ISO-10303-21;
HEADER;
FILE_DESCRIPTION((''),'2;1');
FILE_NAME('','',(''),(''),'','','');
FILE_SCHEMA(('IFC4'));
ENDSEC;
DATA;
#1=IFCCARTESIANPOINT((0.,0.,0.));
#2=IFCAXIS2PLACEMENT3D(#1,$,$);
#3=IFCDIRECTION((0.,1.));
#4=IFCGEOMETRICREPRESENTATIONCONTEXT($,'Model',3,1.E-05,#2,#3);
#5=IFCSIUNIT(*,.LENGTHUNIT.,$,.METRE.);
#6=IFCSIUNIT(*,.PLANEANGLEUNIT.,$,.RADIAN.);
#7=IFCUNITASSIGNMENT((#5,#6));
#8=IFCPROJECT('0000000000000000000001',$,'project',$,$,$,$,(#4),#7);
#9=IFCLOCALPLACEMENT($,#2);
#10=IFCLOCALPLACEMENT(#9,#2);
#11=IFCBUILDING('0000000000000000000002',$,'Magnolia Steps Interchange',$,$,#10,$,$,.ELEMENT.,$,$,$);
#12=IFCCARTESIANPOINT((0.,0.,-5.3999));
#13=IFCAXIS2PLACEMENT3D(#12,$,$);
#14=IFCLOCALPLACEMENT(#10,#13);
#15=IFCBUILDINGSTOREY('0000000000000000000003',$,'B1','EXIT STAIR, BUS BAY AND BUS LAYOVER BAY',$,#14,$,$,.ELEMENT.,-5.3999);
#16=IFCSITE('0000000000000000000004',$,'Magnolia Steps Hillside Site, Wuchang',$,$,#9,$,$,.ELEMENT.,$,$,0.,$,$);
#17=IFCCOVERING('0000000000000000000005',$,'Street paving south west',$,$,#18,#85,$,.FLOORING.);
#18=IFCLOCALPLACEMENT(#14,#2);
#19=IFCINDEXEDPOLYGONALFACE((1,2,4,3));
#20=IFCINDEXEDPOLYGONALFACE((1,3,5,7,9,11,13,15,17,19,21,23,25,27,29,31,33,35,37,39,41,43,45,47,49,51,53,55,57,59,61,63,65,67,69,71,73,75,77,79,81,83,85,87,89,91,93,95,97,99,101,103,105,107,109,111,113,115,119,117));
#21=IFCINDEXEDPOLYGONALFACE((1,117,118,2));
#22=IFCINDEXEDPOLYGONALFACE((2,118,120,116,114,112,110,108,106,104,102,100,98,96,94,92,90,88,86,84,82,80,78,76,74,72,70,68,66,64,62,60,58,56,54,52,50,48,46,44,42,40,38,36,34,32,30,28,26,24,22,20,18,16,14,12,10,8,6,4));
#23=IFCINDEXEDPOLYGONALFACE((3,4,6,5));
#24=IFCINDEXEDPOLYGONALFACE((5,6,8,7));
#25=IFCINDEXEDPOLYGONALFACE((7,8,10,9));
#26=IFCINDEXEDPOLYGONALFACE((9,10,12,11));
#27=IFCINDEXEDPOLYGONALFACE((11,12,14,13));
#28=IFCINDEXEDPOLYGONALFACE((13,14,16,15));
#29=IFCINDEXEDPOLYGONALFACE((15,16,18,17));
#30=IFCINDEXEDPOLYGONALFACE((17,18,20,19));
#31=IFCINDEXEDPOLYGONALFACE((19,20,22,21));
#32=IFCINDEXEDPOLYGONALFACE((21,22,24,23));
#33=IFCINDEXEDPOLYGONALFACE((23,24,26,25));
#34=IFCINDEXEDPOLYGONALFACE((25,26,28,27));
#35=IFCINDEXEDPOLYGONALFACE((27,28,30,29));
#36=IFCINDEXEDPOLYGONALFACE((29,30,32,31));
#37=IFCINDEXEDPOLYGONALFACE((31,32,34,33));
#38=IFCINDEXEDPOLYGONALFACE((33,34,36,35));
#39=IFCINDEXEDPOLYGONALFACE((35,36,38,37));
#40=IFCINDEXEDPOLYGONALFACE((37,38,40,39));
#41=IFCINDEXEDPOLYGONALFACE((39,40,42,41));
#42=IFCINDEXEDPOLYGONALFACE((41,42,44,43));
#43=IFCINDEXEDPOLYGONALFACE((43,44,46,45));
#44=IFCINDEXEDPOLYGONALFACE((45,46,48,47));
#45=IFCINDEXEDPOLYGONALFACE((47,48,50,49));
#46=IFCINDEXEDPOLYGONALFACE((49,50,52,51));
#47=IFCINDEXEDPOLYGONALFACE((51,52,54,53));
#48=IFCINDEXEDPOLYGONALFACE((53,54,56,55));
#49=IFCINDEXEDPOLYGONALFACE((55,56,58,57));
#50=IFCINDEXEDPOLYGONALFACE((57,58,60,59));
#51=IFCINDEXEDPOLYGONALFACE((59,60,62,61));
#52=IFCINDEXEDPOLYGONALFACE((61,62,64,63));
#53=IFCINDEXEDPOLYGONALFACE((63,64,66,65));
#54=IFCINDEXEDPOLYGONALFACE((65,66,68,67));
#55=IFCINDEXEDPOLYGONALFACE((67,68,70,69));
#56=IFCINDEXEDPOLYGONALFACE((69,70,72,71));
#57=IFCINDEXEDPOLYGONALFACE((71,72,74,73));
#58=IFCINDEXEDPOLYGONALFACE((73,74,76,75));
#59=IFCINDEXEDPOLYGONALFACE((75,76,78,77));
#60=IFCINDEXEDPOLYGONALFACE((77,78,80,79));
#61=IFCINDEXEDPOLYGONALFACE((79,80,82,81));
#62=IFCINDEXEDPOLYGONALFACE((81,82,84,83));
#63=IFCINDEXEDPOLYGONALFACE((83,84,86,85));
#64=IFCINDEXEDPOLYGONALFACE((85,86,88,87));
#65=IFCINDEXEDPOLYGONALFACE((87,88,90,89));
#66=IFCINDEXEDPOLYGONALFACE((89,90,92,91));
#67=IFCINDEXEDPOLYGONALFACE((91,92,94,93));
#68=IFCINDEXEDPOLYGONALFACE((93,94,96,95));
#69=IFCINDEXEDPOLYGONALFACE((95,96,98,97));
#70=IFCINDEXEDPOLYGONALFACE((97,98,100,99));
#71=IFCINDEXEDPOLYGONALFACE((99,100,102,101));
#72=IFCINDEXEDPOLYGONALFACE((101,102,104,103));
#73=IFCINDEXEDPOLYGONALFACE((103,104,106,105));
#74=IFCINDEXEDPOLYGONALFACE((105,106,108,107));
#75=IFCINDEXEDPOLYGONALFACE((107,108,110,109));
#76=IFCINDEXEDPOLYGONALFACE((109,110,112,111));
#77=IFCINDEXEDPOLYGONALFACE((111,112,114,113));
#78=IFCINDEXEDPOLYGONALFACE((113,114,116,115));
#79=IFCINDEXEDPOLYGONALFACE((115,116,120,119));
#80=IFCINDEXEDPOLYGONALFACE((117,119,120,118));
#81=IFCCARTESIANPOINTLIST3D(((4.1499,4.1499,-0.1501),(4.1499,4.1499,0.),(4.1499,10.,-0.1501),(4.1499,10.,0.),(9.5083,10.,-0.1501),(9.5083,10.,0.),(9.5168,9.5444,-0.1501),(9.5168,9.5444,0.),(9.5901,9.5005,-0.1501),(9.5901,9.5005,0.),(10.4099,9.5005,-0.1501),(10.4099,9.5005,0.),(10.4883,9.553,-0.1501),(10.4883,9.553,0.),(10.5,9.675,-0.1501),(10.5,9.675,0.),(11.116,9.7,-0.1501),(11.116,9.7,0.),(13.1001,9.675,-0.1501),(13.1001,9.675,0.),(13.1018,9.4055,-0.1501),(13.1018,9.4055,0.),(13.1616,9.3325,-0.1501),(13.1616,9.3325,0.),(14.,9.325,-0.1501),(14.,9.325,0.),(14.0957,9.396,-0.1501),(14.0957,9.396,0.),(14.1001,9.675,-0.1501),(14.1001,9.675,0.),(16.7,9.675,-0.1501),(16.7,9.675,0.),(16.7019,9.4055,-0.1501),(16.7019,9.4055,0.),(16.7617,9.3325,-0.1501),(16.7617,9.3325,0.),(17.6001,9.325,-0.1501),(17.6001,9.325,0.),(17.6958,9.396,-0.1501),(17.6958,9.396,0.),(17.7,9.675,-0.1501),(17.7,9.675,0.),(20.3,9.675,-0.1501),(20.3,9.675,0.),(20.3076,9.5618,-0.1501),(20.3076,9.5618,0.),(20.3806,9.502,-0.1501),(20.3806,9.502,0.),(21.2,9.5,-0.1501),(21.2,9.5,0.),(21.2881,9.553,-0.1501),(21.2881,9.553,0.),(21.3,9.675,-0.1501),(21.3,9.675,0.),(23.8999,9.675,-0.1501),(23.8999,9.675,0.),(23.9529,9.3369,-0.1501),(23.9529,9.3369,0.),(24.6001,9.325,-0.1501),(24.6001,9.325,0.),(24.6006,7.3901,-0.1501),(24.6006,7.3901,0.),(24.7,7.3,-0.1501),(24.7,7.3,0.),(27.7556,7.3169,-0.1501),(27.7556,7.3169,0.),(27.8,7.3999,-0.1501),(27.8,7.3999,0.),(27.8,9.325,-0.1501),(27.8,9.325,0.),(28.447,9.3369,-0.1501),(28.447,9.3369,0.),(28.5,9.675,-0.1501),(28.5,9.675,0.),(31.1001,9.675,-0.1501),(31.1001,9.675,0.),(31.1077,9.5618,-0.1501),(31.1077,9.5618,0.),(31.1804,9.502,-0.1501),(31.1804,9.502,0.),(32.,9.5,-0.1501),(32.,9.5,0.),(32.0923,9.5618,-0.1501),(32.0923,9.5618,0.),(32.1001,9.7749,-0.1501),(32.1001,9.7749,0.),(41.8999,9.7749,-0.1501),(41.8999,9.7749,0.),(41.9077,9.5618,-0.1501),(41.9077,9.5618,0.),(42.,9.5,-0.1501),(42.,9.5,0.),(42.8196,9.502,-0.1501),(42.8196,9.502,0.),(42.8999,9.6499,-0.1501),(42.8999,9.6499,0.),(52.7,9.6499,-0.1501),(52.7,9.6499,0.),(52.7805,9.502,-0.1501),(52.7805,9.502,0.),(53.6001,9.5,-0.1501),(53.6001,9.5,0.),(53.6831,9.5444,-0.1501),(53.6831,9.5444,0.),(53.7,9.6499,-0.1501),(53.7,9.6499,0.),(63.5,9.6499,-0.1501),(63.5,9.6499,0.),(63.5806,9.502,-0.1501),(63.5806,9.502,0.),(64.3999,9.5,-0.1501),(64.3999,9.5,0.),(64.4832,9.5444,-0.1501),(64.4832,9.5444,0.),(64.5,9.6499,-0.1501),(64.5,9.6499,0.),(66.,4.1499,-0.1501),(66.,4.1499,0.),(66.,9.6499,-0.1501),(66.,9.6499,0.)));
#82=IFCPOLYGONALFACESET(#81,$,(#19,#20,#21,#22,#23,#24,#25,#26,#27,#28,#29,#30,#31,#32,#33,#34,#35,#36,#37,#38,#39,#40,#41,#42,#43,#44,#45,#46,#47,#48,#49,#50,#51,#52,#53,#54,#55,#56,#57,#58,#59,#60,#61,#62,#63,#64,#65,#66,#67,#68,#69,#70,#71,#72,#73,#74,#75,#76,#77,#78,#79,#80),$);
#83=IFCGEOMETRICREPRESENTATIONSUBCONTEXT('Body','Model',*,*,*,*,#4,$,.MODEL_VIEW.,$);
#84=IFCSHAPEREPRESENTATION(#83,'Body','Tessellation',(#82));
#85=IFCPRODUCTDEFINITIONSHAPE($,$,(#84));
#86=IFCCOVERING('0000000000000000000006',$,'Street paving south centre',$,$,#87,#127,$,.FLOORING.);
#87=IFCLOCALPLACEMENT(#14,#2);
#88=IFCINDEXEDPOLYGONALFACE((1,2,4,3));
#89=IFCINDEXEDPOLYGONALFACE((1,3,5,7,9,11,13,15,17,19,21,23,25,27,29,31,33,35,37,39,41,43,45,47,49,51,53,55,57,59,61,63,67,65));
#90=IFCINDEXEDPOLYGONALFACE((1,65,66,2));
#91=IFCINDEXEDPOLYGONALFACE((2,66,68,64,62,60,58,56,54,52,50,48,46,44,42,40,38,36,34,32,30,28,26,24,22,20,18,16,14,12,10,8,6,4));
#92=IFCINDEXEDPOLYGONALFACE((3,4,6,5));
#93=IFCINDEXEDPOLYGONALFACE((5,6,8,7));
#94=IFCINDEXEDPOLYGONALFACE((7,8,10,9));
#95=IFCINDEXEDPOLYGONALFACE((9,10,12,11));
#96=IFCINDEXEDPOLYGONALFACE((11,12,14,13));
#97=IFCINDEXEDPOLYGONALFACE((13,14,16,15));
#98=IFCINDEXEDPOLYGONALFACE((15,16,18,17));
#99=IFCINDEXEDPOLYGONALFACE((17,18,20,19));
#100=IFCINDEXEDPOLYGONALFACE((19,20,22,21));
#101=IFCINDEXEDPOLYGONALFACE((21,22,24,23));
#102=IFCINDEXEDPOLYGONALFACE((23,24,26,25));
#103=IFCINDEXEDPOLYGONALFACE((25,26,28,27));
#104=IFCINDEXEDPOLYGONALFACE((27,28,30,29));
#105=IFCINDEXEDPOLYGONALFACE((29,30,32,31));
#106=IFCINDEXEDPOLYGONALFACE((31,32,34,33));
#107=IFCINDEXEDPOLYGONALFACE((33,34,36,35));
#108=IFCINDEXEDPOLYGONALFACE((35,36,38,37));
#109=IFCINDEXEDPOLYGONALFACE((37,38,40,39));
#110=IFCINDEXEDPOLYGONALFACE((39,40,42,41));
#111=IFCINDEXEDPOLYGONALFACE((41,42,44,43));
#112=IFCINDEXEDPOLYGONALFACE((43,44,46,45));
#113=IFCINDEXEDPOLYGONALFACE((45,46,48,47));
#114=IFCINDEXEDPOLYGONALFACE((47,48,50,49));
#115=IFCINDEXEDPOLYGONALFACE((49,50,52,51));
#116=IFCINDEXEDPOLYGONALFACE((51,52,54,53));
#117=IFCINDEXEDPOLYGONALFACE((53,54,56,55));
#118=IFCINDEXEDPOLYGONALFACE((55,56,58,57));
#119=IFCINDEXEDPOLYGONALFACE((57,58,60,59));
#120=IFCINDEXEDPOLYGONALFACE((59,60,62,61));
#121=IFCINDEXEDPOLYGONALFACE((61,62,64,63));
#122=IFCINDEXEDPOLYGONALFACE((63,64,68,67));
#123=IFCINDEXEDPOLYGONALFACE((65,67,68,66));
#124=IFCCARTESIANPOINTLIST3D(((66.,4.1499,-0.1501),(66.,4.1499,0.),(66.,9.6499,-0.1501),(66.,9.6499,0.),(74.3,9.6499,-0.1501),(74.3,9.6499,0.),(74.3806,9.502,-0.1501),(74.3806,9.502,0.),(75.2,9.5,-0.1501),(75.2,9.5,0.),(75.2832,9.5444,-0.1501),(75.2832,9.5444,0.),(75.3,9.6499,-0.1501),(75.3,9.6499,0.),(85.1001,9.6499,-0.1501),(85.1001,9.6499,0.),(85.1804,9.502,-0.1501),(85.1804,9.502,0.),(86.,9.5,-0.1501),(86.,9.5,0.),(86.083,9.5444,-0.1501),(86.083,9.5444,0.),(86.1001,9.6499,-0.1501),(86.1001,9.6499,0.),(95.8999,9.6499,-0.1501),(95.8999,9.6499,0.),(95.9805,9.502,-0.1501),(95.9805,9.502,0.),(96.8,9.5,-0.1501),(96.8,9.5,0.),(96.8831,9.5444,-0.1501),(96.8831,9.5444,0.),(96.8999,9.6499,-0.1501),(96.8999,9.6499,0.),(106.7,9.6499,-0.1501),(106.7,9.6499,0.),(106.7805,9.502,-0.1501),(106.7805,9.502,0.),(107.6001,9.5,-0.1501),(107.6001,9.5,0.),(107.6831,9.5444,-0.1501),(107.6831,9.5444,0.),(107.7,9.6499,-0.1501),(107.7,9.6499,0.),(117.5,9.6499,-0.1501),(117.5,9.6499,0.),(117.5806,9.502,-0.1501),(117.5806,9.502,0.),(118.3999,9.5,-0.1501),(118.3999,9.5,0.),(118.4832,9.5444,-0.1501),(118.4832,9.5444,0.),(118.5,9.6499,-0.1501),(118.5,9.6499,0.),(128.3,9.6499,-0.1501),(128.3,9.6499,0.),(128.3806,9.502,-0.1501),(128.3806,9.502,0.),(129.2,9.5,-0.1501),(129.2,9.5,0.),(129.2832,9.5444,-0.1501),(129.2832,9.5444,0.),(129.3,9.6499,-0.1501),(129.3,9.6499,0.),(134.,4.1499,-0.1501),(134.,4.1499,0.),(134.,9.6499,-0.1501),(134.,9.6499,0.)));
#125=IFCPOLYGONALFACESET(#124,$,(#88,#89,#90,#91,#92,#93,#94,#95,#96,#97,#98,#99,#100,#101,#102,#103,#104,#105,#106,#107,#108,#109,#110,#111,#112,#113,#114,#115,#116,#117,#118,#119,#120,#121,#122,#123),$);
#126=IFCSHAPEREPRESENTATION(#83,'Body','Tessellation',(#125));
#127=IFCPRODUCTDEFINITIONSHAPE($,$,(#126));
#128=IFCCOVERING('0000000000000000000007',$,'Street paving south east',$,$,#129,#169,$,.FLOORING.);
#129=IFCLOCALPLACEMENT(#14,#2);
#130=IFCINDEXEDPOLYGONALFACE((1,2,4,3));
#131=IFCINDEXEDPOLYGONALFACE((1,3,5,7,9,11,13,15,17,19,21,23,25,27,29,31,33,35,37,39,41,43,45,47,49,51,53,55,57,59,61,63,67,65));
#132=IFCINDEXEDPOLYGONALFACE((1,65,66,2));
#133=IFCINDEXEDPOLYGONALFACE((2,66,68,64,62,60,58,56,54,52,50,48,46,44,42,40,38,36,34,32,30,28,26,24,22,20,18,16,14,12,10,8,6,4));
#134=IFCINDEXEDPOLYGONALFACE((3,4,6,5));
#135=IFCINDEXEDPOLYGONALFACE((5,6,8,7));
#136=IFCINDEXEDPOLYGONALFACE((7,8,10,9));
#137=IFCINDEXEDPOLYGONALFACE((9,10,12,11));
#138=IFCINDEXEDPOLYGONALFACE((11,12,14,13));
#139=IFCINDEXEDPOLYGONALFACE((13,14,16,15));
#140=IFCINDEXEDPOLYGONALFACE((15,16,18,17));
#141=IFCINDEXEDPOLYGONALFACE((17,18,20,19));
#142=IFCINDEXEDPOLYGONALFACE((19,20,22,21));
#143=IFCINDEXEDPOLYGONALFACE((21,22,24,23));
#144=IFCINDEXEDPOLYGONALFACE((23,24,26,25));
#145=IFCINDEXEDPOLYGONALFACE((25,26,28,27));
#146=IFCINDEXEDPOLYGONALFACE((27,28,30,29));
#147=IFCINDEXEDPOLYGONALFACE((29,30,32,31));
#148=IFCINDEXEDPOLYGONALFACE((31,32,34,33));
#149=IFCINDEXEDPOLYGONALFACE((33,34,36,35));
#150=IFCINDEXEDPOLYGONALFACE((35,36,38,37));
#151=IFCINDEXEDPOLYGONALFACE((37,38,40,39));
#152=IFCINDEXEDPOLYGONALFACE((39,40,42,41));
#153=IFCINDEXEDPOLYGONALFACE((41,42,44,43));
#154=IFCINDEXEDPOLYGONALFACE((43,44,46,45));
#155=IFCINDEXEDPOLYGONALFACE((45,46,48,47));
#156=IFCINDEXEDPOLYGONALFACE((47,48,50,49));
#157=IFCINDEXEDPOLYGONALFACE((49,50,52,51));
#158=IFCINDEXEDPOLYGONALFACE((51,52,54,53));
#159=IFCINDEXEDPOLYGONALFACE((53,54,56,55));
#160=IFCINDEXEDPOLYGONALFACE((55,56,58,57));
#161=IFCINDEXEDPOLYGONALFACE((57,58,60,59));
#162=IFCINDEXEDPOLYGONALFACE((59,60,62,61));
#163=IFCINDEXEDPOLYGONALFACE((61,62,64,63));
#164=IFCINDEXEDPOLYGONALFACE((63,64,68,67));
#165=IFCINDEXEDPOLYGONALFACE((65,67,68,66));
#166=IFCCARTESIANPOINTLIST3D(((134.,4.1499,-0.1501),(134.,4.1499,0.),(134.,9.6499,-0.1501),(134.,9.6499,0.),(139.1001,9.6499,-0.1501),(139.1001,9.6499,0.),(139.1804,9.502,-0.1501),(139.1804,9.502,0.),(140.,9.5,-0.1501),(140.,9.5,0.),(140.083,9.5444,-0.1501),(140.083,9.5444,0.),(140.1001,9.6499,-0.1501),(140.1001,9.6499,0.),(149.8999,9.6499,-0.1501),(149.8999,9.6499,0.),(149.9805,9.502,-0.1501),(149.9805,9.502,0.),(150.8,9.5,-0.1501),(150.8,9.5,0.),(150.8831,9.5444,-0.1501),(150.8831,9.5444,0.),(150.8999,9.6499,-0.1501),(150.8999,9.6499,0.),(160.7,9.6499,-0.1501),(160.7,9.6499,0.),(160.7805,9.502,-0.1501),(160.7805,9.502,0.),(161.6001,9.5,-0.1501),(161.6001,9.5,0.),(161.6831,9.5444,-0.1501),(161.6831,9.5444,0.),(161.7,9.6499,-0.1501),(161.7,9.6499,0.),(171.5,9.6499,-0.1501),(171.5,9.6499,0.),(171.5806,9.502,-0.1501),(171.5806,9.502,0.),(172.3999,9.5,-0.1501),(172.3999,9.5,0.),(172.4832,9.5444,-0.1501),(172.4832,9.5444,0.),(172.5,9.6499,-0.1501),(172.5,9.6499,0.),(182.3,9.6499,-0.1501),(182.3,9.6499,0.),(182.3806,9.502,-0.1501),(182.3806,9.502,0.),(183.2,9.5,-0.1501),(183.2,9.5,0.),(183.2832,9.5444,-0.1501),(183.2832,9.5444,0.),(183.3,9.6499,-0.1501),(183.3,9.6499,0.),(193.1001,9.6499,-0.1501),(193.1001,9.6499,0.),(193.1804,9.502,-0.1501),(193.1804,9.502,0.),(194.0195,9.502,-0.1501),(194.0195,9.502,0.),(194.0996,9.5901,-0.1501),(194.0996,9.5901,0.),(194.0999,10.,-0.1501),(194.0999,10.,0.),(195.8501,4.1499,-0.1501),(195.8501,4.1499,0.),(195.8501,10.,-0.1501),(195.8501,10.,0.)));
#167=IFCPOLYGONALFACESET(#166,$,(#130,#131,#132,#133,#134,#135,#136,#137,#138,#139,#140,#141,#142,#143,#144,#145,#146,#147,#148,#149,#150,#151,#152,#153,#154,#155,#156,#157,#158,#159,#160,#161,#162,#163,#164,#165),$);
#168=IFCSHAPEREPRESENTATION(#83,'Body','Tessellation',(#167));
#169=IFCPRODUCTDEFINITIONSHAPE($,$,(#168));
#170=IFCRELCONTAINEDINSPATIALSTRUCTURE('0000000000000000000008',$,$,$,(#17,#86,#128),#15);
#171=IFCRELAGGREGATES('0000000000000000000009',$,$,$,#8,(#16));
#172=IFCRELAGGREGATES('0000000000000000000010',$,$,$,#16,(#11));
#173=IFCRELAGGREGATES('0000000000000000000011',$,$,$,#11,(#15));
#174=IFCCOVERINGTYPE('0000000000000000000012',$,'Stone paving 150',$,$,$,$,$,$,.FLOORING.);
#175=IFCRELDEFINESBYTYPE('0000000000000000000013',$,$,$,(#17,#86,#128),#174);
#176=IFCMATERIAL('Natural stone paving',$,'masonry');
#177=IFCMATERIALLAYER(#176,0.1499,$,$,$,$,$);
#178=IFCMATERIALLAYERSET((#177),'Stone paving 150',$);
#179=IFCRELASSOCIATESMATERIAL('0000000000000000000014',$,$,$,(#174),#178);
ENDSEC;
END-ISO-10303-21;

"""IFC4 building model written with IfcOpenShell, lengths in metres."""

from ifc_helpers import new_model, si_unit, direction, frame, origin, place, context, subcontext, project, spatial, polyline, outline, extrude, material, layer, layer_set, type_object, element, save


model = new_model("IFC4")

# Units and contexts
model_context = context("Model", 3, precision=1e-05, world=origin(), true_north=direction((0.0, 1.0)))
body_context = subcontext(model_context, "Body", "Model", "MODEL_VIEW")
ifc_project = project(units=[si_unit("LENGTHUNIT", "METRE"), si_unit("PLANEANGLEUNIT", "RADIAN")], contexts=[model_context])

# Site, building, storey
site_placement = place(None, origin())
site = spatial("IfcSite", under=ifc_project, at=site_placement, Name="Magnolia Steps Hillside Site, Wuchang", CompositionType="ELEMENT", RefElevation=0.0)
building_placement = place(site_placement, origin())
building = spatial("IfcBuilding", under=site, at=building_placement, Name="Magnolia Steps Interchange", CompositionType="ELEMENT")
storey_placement = place(building_placement, frame((0.0, 0.0, -5.3999)))
storey = spatial("IfcBuildingStorey", under=building, at=storey_placement, Name="B1", Description="EXIT STAIR, BUS BAY AND BUS LAYOVER BAY", CompositionType="ELEMENT", Elevation=-5.3999)

# Coverings
ifc_material_1 = material(Name="Natural stone paving", Category="masonry")
ifc_layer_1 = layer(ifc_material_1, 0.1499)
ifc_layer_set_1 = layer_set([ifc_layer_1], Name="Stone paving 150")
covering_type = type_object("IfcCoveringType", Name="Stone paving 150", PredefinedType="FLOORING", material=ifc_layer_set_1)
covering_1_placement = place(storey_placement, frame((0.0, 0.0, -0.1501)))
element("IfcCovering", 1, at=covering_1_placement, inside=storey, type_object=covering_type, Name="Street paving south west", PredefinedType="FLOORING", context=body_context, shape_type="SweptSolid", body=[
    extrude(outline(polyline([(4.1499, 10.0), (9.5083, 10.0), (9.5168, 9.5444), (9.5901, 9.5005), (10.4099, 9.5005), (10.4883, 9.553), (10.5, 9.675), (11.116, 9.7), (13.1001, 9.675), (13.1018, 9.4055), (13.1616, 9.3325), (14.0, 9.325), (14.0957, 9.396), (14.1001, 9.675), (16.7, 9.675), (16.7019, 9.4055), (16.7617, 9.3325), (17.6001, 9.325), (17.6958, 9.396), (17.7, 9.675), (20.3, 9.675), (20.3076, 9.5618), (20.3806, 9.502), (21.2, 9.5), (21.2881, 9.553), (21.3, 9.675), (23.8999, 9.675), (23.9529, 9.3369), (24.6001, 9.325), (24.6006, 7.3901), (24.7, 7.3), (27.7556, 7.3169), (27.8, 7.3999), (27.8, 9.325), (28.447, 9.3369), (28.5, 9.675), (31.1001, 9.675), (31.1077, 9.5618), (31.1804, 9.502), (32.0, 9.5), (32.0923, 9.5618), (32.1001, 9.7749), (41.8999, 9.7749), (41.9077, 9.5618), (42.0, 9.5), (42.8196, 9.502), (42.8999, 9.6499), (52.7, 9.6499), (52.7805, 9.502), (53.6001, 9.5), (53.6831, 9.5444), (53.7, 9.6499), (63.5, 9.6499), (63.5806, 9.502), (64.3999, 9.5), (64.4832, 9.5444), (64.5, 9.6499), (66.0, 9.6499), (66.0, 4.1499), (4.1499, 4.1499), (4.1499, 10.0)])), origin(), (0.0, 0.0, 1.0), 0.1501),
])
covering_2_placement = place(storey_placement, frame((0.0, 0.0, -0.1501)))
element("IfcCovering", 2, at=covering_2_placement, inside=storey, type_object=covering_type, Name="Street paving south centre", PredefinedType="FLOORING", context=body_context, shape_type="SweptSolid", body=[
    extrude(outline(polyline([(66.0, 4.1499), (66.0, 9.6499), (74.3, 9.6499), (74.3806, 9.502), (75.2, 9.5), (75.2832, 9.5444), (75.3, 9.6499), (85.1001, 9.6499), (85.1804, 9.502), (86.0, 9.5), (86.083, 9.5444), (86.1001, 9.6499), (95.8999, 9.6499), (95.9805, 9.502), (96.8, 9.5), (96.8831, 9.5444), (96.8999, 9.6499), (106.7, 9.6499), (106.7805, 9.502), (107.6001, 9.5), (107.6831, 9.5444), (107.7, 9.6499), (117.5, 9.6499), (117.5806, 9.502), (118.3999, 9.5), (118.4832, 9.5444), (118.5, 9.6499), (128.3, 9.6499), (128.3806, 9.502), (129.2, 9.5), (129.2832, 9.5444), (129.3, 9.6499), (134.0, 9.6499), (134.0, 4.1499), (66.0, 4.1499)])), origin(), (0.0, 0.0, 1.0), 0.1501),
])
covering_3_placement = place(storey_placement, frame((0.0, 0.0, -0.1501)))
element("IfcCovering", 3, at=covering_3_placement, inside=storey, type_object=covering_type, Name="Street paving south east", PredefinedType="FLOORING", context=body_context, shape_type="SweptSolid", body=[
    extrude(outline(polyline([(195.8501, 4.1499), (134.0, 4.1499), (134.0, 9.6499), (139.1001, 9.6499), (139.1804, 9.502), (140.0, 9.5), (140.083, 9.5444), (140.1001, 9.6499), (149.8999, 9.6499), (149.9805, 9.502), (150.8, 9.5), (150.8831, 9.5444), (150.8999, 9.6499), (160.7, 9.6499), (160.7805, 9.502), (161.6001, 9.5), (161.6831, 9.5444), (161.7, 9.6499), (171.5, 9.6499), (171.5806, 9.502), (172.3999, 9.5), (172.4832, 9.5444), (172.5, 9.6499), (182.3, 9.6499), (182.3806, 9.502), (183.2, 9.5), (183.2832, 9.5444), (183.3, 9.6499), (193.1001, 9.6499), (193.1804, 9.502), (194.0195, 9.502), (194.0996, 9.5901), (194.0999, 10.0), (195.8501, 10.0), (195.8501, 4.1499)])), origin(), (0.0, 0.0, 1.0), 0.1501),
])

save(model, "model.ifc")
